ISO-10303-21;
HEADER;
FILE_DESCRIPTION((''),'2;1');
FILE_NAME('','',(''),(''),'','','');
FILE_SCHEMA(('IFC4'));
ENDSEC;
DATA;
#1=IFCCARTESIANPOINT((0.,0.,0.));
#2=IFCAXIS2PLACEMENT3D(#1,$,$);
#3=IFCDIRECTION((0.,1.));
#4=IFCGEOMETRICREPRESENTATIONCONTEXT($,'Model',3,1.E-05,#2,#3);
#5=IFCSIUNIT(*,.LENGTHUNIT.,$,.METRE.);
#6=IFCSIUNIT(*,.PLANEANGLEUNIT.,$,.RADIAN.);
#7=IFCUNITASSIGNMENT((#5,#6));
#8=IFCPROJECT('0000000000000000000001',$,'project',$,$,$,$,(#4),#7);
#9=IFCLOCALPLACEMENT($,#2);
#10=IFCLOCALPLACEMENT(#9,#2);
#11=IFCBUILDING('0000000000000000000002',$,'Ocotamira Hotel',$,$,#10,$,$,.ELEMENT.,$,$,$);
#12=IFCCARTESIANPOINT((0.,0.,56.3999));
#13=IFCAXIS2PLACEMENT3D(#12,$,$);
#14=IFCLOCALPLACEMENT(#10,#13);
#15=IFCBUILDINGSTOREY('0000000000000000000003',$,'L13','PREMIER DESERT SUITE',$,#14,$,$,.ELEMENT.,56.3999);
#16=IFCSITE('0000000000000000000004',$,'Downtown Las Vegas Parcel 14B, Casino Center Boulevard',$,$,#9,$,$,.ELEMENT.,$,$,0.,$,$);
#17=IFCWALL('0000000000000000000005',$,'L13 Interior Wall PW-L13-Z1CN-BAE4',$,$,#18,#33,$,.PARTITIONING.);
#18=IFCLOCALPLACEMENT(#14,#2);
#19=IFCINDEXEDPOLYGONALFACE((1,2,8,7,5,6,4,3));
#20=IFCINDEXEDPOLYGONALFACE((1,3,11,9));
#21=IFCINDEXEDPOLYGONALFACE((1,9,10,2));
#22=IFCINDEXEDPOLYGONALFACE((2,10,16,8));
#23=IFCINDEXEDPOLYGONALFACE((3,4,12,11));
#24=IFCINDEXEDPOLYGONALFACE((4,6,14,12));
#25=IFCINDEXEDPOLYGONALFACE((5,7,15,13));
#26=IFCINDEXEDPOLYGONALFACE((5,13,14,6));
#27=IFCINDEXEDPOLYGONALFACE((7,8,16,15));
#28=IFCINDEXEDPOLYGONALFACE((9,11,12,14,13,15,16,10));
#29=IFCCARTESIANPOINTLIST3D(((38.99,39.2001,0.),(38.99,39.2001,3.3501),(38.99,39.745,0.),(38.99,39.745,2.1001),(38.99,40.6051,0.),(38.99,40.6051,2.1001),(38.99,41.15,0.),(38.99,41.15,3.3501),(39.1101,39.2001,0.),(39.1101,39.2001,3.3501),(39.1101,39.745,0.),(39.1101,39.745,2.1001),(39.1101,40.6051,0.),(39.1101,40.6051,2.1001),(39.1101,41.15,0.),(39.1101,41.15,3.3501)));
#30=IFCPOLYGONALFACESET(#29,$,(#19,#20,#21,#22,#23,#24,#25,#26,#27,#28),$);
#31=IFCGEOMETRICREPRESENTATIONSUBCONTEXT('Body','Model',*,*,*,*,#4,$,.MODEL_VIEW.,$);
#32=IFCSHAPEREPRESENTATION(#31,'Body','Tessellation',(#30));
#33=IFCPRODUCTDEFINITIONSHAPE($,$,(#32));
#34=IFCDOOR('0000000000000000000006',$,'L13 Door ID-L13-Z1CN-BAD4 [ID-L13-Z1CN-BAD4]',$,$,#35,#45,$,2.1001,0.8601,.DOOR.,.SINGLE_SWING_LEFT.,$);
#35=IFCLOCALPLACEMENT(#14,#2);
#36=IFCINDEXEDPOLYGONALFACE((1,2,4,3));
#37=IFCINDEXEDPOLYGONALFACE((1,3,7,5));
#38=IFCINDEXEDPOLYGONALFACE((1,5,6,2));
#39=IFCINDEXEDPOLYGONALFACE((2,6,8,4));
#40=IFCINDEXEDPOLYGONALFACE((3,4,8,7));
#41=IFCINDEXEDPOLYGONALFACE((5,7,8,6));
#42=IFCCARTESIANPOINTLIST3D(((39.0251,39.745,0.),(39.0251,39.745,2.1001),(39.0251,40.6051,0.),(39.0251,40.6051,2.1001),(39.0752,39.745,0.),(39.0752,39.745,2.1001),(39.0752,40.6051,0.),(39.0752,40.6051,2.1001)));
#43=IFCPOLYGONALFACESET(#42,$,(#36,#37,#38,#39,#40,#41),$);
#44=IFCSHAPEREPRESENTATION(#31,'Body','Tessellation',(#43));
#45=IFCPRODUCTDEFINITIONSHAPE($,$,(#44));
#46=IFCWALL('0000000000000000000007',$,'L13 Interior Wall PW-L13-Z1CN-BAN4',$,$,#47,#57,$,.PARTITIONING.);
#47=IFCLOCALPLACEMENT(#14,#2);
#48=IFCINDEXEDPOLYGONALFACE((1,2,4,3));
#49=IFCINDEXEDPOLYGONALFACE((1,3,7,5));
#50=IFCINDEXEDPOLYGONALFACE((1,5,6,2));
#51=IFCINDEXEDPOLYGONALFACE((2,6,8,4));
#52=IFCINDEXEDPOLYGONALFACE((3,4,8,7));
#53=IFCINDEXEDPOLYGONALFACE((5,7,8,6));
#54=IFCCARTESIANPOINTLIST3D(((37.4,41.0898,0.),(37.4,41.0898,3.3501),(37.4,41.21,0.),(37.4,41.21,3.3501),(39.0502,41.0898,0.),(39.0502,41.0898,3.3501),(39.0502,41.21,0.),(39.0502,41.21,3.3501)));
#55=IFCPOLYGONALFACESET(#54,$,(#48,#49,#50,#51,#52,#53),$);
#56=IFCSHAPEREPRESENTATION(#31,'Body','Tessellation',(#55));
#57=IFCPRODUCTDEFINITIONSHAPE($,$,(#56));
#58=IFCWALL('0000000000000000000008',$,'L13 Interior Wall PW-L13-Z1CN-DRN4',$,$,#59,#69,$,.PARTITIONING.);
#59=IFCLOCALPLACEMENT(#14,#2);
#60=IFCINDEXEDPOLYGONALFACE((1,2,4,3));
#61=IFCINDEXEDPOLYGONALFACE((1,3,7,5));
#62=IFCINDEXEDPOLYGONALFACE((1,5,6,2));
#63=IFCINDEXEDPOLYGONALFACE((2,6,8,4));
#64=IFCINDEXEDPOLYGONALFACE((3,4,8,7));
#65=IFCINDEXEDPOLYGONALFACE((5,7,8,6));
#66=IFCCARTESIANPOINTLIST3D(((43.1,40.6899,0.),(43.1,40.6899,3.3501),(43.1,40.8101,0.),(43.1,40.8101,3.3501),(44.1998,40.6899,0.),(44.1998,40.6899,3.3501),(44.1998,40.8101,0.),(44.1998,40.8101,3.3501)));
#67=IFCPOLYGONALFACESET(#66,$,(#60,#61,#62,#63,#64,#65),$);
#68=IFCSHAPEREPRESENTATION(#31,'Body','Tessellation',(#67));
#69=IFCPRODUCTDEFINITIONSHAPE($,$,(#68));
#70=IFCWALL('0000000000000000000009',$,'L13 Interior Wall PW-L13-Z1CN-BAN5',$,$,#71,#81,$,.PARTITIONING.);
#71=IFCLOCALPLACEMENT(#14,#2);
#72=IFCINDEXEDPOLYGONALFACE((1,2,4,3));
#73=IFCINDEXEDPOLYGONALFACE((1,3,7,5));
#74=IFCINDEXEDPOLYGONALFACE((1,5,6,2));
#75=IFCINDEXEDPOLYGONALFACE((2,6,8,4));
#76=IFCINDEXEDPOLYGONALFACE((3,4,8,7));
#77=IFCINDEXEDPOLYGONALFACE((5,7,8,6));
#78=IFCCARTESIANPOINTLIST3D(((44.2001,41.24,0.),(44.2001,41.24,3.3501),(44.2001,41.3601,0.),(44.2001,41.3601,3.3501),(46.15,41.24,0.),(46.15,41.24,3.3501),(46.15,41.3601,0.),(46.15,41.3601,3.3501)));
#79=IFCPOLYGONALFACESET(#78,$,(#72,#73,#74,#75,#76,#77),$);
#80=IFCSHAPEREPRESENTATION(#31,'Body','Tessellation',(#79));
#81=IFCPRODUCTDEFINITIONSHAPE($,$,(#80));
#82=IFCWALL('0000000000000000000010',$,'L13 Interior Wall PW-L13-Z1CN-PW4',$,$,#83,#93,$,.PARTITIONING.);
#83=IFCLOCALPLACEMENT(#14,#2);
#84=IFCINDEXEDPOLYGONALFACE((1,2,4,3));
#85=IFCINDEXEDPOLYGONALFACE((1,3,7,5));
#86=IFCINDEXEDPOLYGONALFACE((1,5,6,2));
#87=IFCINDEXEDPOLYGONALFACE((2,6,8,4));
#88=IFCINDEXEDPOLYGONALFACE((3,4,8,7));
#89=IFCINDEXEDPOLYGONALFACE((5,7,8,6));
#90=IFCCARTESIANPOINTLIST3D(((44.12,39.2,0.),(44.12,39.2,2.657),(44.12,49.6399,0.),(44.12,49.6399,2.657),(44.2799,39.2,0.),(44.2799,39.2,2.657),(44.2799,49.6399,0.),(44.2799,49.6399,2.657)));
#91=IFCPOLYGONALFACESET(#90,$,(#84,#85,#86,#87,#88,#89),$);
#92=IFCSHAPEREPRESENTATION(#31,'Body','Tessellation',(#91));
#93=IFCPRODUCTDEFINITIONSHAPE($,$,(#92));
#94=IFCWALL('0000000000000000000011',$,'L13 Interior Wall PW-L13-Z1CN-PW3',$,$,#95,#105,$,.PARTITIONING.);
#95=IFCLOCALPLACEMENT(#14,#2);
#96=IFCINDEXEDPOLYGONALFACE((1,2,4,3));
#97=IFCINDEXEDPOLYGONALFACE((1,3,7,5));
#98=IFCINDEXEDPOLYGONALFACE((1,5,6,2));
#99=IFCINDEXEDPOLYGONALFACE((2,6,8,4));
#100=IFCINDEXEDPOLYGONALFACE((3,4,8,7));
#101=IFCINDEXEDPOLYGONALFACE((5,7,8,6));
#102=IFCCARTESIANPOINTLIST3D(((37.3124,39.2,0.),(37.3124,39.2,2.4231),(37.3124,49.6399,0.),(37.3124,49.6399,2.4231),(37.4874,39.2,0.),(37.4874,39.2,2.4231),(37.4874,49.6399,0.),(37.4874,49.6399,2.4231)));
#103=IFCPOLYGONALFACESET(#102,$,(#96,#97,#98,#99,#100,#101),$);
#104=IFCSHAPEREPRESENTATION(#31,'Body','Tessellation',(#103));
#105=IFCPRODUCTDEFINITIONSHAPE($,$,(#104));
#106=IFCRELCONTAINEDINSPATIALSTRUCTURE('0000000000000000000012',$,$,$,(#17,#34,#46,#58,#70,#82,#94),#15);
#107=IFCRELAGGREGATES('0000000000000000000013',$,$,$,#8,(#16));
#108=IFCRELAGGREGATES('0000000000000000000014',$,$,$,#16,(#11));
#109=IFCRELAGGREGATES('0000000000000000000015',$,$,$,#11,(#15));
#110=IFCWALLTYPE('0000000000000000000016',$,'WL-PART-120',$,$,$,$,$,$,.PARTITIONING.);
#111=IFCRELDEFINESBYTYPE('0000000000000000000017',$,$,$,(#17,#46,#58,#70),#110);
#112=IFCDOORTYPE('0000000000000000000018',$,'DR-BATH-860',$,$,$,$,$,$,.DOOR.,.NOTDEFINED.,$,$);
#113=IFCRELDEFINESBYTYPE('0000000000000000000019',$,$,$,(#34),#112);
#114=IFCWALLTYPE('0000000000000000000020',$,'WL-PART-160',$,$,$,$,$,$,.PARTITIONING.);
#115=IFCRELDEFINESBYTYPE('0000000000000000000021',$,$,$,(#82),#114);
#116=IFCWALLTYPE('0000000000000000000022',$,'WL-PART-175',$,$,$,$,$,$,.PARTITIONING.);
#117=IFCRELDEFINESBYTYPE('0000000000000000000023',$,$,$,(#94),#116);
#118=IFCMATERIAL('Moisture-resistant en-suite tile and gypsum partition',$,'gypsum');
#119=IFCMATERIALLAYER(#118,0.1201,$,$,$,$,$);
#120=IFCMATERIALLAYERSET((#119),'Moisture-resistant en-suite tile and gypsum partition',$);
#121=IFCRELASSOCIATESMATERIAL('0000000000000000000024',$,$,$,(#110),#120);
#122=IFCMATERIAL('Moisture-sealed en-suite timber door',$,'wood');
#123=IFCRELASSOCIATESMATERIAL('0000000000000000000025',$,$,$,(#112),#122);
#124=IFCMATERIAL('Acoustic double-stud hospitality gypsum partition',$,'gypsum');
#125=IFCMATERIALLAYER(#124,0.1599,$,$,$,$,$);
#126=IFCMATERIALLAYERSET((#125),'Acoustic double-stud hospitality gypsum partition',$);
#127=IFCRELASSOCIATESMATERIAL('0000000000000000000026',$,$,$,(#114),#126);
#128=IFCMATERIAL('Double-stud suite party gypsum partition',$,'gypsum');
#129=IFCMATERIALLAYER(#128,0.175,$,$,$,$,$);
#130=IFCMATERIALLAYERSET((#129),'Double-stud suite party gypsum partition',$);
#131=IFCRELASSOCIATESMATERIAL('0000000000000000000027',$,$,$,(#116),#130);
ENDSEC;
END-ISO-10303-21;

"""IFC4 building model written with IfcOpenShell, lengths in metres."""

from ifc_helpers import new_model, si_unit, direction, frame, frame_2d, origin, place, context, subcontext, project, spatial, rectangle, extrude, source, transform, mapped, material, layer, layer_set, type_object, element, fill, save


model = new_model("IFC4")

# Units and contexts
model_context = context("Model", 3, precision=1e-05, world=origin(), true_north=direction((0.0, 1.0)))
body_context = subcontext(model_context, "Body", "Model", "MODEL_VIEW")
ifc_project = project(units=[si_unit("LENGTHUNIT", "METRE"), si_unit("PLANEANGLEUNIT", "RADIAN")], contexts=[model_context])

# Site, building, storey
site_placement = place(None, origin())
site = spatial("IfcSite", under=ifc_project, at=site_placement, Name="Downtown Las Vegas Parcel 14B, Casino Center Boulevard", CompositionType="ELEMENT", RefElevation=0.0)
building_placement = place(site_placement, origin())
building = spatial("IfcBuilding", under=site, at=building_placement, Name="Ocotamira Hotel", CompositionType="ELEMENT")
storey_placement = place(building_placement, frame((0.0, 0.0, 56.3999)))
storey = spatial("IfcBuildingStorey", under=building, at=storey_placement, Name="L13", Description="PREMIER DESERT SUITE", CompositionType="ELEMENT", Elevation=56.3999)

# Shared definitions
ifc_material_1 = material(Name="Moisture-resistant en-suite tile and gypsum partition", Category="gypsum")
ifc_layer_1 = layer(ifc_material_1, 0.1201)
ifc_layer_set_1 = layer_set([ifc_layer_1], Name="Moisture-resistant en-suite tile and gypsum partition")
wall_type_1 = type_object("IfcWallType", Name="WL-PART-120", PredefinedType="PARTITIONING", material=ifc_layer_set_1)

# Wall, opening, door
wall_1_placement = place(storey_placement, frame((39.05, 39.2, 0.0), z_axis=(0.0, 0.0, 1.0), x_axis=(0.0, 1.0, 0.0)))
wall_1 = element("IfcWall", 1, at=wall_1_placement, inside=storey, type_object=wall_type_1, Name="L13 Interior Wall PW-L13-Z1CN-BAE4", PredefinedType="PARTITIONING", context=body_context, shape_type="SweptSolid", body=[
    extrude(rectangle(XDim=1.95, YDim=0.1201, at=frame_2d((0.9751, 0.0))), origin(), (0.0, 0.0, 1.0), 3.3501),
])
opening_placement = place(wall_1_placement, frame((0.5449, 0.0, 0.0)))
opening = element("IfcOpeningElement", 2, at=opening_placement, cuts=wall_1, PredefinedType="OPENING", context=body_context, shape_type="SweptSolid", body=[
    extrude(rectangle(XDim=0.8601, YDim=2.1001, at=frame_2d((0.4302, 1.05))), frame((0.0, 0.0701, 0.0), z_axis=(0.0, -1.0, 0.0), x_axis=(1.0, 0.0, 0.0)), (0.0, 0.0, 1.0), 0.1401),
])
ifc_material_2 = material(Name="Moisture-sealed en-suite timber door", Category="wood")
door_type = type_object("IfcDoorType", Name="DR-BATH-860", OperationType="NOTDEFINED", PredefinedType="DOOR", material=ifc_material_2)
shared_shape_1 = source(origin(), body_context, "Body", "SweptSolid", [
    extrude(rectangle(XDim=0.8601, YDim=2.1001, at=frame_2d((0.4302, 1.05))), frame((0.0, 0.0249, 0.0), z_axis=(0.0, -1.0, 0.0), x_axis=(1.0, 0.0, 0.0)), (0.0, 0.0, 1.0), 0.05),
])
door_placement = place(opening_placement, origin())
door = element("IfcDoor", 3, at=door_placement, inside=storey, type_object=door_type, Name="L13 Door ID-L13-Z1CN-BAD4 [ID-L13-Z1CN-BAD4]", OperationType="SINGLE_SWING_LEFT", OverallHeight=2.1001, OverallWidth=0.8601, PredefinedType="DOOR", context=body_context, shape_type="MappedRepresentation", body=[
    mapped(shared_shape_1, transform((0.0, 0.0, 0.0), scale=1.0)),
])
fill(opening, door)

# Walls
wall_2_placement = place(storey_placement, frame((37.3999, 41.1499, 0.0), z_axis=(0.0, 0.0, 1.0), x_axis=(1.0, 0.0, 0.0)))
element("IfcWall", 4, at=wall_2_placement, inside=storey, type_object=wall_type_1, Name="L13 Interior Wall PW-L13-Z1CN-BAN4", PredefinedType="PARTITIONING", context=body_context, shape_type="SweptSolid", body=[
    extrude(rectangle(XDim=1.6501, YDim=0.1201, at=frame_2d((0.8252, 0.0))), origin(), (0.0, 0.0, 1.0), 3.3501),
])
wall_3_placement = place(storey_placement, frame((43.1001, 40.75, 0.0), z_axis=(0.0, 0.0, 1.0), x_axis=(1.0, 0.0, 0.0)))
element("IfcWall", 5, at=wall_3_placement, inside=storey, type_object=wall_type_1, Name="L13 Interior Wall PW-L13-Z1CN-DRN4", PredefinedType="PARTITIONING", context=body_context, shape_type="SweptSolid", body=[
    extrude(rectangle(XDim=1.0999, YDim=0.1201, at=frame_2d((0.5498, 0.0))), origin(), (0.0, 0.0, 1.0), 3.3501),
])
wall_4_placement = place(storey_placement, frame((44.2, 41.3, 0.0), z_axis=(0.0, 0.0, 1.0), x_axis=(1.0, 0.0, 0.0)))
element("IfcWall", 6, at=wall_4_placement, inside=storey, type_object=wall_type_1, Name="L13 Interior Wall PW-L13-Z1CN-BAN5", PredefinedType="PARTITIONING", context=body_context, shape_type="SweptSolid", body=[
    extrude(rectangle(XDim=1.95, YDim=0.1201, at=frame_2d((0.9751, 0.0))), origin(), (0.0, 0.0, 1.0), 3.3501),
])
ifc_material_3 = material(Name="Acoustic double-stud hospitality gypsum partition", Category="gypsum")
ifc_layer_2 = layer(ifc_material_3, 0.1599)
ifc_layer_set_2 = layer_set([ifc_layer_2], Name="Acoustic double-stud hospitality gypsum partition")
wall_type_2 = type_object("IfcWallType", Name="WL-PART-160", PredefinedType="PARTITIONING", material=ifc_layer_set_2)
wall_5_placement = place(storey_placement, frame((44.2, 39.2, 0.0), z_axis=(0.0, 0.0, 1.0), x_axis=(0.0, 1.0, 0.0)))
element("IfcWall", 7, at=wall_5_placement, inside=storey, type_object=wall_type_2, Name="L13 Interior Wall PW-L13-Z1CN-PW4", PredefinedType="PARTITIONING", context=body_context, shape_type="SweptSolid", body=[
    extrude(rectangle(XDim=10.4399, YDim=0.1599, at=frame_2d((5.22, 0.0))), origin(), (0.0, 0.0, 1.0), 2.657),
])
ifc_material_4 = material(Name="Double-stud suite party gypsum partition", Category="gypsum")
ifc_layer_3 = layer(ifc_material_4, 0.175)
ifc_layer_set_3 = layer_set([ifc_layer_3], Name="Double-stud suite party gypsum partition")
wall_type_3 = type_object("IfcWallType", Name="WL-PART-175", PredefinedType="PARTITIONING", material=ifc_layer_set_3)
wall_6_placement = place(storey_placement, frame((37.3999, 39.2, 0.0), z_axis=(0.0, 0.0, 1.0), x_axis=(0.0, 1.0, 0.0)))
element("IfcWall", 8, at=wall_6_placement, inside=storey, type_object=wall_type_3, Name="L13 Interior Wall PW-L13-Z1CN-PW3", PredefinedType="PARTITIONING", context=body_context, shape_type="SweptSolid", body=[
    extrude(rectangle(XDim=10.4399, YDim=0.175, at=frame_2d((5.22, 0.0))), origin(), (0.0, 0.0, 1.0), 2.4231),
])

save(model, "model.ifc")
